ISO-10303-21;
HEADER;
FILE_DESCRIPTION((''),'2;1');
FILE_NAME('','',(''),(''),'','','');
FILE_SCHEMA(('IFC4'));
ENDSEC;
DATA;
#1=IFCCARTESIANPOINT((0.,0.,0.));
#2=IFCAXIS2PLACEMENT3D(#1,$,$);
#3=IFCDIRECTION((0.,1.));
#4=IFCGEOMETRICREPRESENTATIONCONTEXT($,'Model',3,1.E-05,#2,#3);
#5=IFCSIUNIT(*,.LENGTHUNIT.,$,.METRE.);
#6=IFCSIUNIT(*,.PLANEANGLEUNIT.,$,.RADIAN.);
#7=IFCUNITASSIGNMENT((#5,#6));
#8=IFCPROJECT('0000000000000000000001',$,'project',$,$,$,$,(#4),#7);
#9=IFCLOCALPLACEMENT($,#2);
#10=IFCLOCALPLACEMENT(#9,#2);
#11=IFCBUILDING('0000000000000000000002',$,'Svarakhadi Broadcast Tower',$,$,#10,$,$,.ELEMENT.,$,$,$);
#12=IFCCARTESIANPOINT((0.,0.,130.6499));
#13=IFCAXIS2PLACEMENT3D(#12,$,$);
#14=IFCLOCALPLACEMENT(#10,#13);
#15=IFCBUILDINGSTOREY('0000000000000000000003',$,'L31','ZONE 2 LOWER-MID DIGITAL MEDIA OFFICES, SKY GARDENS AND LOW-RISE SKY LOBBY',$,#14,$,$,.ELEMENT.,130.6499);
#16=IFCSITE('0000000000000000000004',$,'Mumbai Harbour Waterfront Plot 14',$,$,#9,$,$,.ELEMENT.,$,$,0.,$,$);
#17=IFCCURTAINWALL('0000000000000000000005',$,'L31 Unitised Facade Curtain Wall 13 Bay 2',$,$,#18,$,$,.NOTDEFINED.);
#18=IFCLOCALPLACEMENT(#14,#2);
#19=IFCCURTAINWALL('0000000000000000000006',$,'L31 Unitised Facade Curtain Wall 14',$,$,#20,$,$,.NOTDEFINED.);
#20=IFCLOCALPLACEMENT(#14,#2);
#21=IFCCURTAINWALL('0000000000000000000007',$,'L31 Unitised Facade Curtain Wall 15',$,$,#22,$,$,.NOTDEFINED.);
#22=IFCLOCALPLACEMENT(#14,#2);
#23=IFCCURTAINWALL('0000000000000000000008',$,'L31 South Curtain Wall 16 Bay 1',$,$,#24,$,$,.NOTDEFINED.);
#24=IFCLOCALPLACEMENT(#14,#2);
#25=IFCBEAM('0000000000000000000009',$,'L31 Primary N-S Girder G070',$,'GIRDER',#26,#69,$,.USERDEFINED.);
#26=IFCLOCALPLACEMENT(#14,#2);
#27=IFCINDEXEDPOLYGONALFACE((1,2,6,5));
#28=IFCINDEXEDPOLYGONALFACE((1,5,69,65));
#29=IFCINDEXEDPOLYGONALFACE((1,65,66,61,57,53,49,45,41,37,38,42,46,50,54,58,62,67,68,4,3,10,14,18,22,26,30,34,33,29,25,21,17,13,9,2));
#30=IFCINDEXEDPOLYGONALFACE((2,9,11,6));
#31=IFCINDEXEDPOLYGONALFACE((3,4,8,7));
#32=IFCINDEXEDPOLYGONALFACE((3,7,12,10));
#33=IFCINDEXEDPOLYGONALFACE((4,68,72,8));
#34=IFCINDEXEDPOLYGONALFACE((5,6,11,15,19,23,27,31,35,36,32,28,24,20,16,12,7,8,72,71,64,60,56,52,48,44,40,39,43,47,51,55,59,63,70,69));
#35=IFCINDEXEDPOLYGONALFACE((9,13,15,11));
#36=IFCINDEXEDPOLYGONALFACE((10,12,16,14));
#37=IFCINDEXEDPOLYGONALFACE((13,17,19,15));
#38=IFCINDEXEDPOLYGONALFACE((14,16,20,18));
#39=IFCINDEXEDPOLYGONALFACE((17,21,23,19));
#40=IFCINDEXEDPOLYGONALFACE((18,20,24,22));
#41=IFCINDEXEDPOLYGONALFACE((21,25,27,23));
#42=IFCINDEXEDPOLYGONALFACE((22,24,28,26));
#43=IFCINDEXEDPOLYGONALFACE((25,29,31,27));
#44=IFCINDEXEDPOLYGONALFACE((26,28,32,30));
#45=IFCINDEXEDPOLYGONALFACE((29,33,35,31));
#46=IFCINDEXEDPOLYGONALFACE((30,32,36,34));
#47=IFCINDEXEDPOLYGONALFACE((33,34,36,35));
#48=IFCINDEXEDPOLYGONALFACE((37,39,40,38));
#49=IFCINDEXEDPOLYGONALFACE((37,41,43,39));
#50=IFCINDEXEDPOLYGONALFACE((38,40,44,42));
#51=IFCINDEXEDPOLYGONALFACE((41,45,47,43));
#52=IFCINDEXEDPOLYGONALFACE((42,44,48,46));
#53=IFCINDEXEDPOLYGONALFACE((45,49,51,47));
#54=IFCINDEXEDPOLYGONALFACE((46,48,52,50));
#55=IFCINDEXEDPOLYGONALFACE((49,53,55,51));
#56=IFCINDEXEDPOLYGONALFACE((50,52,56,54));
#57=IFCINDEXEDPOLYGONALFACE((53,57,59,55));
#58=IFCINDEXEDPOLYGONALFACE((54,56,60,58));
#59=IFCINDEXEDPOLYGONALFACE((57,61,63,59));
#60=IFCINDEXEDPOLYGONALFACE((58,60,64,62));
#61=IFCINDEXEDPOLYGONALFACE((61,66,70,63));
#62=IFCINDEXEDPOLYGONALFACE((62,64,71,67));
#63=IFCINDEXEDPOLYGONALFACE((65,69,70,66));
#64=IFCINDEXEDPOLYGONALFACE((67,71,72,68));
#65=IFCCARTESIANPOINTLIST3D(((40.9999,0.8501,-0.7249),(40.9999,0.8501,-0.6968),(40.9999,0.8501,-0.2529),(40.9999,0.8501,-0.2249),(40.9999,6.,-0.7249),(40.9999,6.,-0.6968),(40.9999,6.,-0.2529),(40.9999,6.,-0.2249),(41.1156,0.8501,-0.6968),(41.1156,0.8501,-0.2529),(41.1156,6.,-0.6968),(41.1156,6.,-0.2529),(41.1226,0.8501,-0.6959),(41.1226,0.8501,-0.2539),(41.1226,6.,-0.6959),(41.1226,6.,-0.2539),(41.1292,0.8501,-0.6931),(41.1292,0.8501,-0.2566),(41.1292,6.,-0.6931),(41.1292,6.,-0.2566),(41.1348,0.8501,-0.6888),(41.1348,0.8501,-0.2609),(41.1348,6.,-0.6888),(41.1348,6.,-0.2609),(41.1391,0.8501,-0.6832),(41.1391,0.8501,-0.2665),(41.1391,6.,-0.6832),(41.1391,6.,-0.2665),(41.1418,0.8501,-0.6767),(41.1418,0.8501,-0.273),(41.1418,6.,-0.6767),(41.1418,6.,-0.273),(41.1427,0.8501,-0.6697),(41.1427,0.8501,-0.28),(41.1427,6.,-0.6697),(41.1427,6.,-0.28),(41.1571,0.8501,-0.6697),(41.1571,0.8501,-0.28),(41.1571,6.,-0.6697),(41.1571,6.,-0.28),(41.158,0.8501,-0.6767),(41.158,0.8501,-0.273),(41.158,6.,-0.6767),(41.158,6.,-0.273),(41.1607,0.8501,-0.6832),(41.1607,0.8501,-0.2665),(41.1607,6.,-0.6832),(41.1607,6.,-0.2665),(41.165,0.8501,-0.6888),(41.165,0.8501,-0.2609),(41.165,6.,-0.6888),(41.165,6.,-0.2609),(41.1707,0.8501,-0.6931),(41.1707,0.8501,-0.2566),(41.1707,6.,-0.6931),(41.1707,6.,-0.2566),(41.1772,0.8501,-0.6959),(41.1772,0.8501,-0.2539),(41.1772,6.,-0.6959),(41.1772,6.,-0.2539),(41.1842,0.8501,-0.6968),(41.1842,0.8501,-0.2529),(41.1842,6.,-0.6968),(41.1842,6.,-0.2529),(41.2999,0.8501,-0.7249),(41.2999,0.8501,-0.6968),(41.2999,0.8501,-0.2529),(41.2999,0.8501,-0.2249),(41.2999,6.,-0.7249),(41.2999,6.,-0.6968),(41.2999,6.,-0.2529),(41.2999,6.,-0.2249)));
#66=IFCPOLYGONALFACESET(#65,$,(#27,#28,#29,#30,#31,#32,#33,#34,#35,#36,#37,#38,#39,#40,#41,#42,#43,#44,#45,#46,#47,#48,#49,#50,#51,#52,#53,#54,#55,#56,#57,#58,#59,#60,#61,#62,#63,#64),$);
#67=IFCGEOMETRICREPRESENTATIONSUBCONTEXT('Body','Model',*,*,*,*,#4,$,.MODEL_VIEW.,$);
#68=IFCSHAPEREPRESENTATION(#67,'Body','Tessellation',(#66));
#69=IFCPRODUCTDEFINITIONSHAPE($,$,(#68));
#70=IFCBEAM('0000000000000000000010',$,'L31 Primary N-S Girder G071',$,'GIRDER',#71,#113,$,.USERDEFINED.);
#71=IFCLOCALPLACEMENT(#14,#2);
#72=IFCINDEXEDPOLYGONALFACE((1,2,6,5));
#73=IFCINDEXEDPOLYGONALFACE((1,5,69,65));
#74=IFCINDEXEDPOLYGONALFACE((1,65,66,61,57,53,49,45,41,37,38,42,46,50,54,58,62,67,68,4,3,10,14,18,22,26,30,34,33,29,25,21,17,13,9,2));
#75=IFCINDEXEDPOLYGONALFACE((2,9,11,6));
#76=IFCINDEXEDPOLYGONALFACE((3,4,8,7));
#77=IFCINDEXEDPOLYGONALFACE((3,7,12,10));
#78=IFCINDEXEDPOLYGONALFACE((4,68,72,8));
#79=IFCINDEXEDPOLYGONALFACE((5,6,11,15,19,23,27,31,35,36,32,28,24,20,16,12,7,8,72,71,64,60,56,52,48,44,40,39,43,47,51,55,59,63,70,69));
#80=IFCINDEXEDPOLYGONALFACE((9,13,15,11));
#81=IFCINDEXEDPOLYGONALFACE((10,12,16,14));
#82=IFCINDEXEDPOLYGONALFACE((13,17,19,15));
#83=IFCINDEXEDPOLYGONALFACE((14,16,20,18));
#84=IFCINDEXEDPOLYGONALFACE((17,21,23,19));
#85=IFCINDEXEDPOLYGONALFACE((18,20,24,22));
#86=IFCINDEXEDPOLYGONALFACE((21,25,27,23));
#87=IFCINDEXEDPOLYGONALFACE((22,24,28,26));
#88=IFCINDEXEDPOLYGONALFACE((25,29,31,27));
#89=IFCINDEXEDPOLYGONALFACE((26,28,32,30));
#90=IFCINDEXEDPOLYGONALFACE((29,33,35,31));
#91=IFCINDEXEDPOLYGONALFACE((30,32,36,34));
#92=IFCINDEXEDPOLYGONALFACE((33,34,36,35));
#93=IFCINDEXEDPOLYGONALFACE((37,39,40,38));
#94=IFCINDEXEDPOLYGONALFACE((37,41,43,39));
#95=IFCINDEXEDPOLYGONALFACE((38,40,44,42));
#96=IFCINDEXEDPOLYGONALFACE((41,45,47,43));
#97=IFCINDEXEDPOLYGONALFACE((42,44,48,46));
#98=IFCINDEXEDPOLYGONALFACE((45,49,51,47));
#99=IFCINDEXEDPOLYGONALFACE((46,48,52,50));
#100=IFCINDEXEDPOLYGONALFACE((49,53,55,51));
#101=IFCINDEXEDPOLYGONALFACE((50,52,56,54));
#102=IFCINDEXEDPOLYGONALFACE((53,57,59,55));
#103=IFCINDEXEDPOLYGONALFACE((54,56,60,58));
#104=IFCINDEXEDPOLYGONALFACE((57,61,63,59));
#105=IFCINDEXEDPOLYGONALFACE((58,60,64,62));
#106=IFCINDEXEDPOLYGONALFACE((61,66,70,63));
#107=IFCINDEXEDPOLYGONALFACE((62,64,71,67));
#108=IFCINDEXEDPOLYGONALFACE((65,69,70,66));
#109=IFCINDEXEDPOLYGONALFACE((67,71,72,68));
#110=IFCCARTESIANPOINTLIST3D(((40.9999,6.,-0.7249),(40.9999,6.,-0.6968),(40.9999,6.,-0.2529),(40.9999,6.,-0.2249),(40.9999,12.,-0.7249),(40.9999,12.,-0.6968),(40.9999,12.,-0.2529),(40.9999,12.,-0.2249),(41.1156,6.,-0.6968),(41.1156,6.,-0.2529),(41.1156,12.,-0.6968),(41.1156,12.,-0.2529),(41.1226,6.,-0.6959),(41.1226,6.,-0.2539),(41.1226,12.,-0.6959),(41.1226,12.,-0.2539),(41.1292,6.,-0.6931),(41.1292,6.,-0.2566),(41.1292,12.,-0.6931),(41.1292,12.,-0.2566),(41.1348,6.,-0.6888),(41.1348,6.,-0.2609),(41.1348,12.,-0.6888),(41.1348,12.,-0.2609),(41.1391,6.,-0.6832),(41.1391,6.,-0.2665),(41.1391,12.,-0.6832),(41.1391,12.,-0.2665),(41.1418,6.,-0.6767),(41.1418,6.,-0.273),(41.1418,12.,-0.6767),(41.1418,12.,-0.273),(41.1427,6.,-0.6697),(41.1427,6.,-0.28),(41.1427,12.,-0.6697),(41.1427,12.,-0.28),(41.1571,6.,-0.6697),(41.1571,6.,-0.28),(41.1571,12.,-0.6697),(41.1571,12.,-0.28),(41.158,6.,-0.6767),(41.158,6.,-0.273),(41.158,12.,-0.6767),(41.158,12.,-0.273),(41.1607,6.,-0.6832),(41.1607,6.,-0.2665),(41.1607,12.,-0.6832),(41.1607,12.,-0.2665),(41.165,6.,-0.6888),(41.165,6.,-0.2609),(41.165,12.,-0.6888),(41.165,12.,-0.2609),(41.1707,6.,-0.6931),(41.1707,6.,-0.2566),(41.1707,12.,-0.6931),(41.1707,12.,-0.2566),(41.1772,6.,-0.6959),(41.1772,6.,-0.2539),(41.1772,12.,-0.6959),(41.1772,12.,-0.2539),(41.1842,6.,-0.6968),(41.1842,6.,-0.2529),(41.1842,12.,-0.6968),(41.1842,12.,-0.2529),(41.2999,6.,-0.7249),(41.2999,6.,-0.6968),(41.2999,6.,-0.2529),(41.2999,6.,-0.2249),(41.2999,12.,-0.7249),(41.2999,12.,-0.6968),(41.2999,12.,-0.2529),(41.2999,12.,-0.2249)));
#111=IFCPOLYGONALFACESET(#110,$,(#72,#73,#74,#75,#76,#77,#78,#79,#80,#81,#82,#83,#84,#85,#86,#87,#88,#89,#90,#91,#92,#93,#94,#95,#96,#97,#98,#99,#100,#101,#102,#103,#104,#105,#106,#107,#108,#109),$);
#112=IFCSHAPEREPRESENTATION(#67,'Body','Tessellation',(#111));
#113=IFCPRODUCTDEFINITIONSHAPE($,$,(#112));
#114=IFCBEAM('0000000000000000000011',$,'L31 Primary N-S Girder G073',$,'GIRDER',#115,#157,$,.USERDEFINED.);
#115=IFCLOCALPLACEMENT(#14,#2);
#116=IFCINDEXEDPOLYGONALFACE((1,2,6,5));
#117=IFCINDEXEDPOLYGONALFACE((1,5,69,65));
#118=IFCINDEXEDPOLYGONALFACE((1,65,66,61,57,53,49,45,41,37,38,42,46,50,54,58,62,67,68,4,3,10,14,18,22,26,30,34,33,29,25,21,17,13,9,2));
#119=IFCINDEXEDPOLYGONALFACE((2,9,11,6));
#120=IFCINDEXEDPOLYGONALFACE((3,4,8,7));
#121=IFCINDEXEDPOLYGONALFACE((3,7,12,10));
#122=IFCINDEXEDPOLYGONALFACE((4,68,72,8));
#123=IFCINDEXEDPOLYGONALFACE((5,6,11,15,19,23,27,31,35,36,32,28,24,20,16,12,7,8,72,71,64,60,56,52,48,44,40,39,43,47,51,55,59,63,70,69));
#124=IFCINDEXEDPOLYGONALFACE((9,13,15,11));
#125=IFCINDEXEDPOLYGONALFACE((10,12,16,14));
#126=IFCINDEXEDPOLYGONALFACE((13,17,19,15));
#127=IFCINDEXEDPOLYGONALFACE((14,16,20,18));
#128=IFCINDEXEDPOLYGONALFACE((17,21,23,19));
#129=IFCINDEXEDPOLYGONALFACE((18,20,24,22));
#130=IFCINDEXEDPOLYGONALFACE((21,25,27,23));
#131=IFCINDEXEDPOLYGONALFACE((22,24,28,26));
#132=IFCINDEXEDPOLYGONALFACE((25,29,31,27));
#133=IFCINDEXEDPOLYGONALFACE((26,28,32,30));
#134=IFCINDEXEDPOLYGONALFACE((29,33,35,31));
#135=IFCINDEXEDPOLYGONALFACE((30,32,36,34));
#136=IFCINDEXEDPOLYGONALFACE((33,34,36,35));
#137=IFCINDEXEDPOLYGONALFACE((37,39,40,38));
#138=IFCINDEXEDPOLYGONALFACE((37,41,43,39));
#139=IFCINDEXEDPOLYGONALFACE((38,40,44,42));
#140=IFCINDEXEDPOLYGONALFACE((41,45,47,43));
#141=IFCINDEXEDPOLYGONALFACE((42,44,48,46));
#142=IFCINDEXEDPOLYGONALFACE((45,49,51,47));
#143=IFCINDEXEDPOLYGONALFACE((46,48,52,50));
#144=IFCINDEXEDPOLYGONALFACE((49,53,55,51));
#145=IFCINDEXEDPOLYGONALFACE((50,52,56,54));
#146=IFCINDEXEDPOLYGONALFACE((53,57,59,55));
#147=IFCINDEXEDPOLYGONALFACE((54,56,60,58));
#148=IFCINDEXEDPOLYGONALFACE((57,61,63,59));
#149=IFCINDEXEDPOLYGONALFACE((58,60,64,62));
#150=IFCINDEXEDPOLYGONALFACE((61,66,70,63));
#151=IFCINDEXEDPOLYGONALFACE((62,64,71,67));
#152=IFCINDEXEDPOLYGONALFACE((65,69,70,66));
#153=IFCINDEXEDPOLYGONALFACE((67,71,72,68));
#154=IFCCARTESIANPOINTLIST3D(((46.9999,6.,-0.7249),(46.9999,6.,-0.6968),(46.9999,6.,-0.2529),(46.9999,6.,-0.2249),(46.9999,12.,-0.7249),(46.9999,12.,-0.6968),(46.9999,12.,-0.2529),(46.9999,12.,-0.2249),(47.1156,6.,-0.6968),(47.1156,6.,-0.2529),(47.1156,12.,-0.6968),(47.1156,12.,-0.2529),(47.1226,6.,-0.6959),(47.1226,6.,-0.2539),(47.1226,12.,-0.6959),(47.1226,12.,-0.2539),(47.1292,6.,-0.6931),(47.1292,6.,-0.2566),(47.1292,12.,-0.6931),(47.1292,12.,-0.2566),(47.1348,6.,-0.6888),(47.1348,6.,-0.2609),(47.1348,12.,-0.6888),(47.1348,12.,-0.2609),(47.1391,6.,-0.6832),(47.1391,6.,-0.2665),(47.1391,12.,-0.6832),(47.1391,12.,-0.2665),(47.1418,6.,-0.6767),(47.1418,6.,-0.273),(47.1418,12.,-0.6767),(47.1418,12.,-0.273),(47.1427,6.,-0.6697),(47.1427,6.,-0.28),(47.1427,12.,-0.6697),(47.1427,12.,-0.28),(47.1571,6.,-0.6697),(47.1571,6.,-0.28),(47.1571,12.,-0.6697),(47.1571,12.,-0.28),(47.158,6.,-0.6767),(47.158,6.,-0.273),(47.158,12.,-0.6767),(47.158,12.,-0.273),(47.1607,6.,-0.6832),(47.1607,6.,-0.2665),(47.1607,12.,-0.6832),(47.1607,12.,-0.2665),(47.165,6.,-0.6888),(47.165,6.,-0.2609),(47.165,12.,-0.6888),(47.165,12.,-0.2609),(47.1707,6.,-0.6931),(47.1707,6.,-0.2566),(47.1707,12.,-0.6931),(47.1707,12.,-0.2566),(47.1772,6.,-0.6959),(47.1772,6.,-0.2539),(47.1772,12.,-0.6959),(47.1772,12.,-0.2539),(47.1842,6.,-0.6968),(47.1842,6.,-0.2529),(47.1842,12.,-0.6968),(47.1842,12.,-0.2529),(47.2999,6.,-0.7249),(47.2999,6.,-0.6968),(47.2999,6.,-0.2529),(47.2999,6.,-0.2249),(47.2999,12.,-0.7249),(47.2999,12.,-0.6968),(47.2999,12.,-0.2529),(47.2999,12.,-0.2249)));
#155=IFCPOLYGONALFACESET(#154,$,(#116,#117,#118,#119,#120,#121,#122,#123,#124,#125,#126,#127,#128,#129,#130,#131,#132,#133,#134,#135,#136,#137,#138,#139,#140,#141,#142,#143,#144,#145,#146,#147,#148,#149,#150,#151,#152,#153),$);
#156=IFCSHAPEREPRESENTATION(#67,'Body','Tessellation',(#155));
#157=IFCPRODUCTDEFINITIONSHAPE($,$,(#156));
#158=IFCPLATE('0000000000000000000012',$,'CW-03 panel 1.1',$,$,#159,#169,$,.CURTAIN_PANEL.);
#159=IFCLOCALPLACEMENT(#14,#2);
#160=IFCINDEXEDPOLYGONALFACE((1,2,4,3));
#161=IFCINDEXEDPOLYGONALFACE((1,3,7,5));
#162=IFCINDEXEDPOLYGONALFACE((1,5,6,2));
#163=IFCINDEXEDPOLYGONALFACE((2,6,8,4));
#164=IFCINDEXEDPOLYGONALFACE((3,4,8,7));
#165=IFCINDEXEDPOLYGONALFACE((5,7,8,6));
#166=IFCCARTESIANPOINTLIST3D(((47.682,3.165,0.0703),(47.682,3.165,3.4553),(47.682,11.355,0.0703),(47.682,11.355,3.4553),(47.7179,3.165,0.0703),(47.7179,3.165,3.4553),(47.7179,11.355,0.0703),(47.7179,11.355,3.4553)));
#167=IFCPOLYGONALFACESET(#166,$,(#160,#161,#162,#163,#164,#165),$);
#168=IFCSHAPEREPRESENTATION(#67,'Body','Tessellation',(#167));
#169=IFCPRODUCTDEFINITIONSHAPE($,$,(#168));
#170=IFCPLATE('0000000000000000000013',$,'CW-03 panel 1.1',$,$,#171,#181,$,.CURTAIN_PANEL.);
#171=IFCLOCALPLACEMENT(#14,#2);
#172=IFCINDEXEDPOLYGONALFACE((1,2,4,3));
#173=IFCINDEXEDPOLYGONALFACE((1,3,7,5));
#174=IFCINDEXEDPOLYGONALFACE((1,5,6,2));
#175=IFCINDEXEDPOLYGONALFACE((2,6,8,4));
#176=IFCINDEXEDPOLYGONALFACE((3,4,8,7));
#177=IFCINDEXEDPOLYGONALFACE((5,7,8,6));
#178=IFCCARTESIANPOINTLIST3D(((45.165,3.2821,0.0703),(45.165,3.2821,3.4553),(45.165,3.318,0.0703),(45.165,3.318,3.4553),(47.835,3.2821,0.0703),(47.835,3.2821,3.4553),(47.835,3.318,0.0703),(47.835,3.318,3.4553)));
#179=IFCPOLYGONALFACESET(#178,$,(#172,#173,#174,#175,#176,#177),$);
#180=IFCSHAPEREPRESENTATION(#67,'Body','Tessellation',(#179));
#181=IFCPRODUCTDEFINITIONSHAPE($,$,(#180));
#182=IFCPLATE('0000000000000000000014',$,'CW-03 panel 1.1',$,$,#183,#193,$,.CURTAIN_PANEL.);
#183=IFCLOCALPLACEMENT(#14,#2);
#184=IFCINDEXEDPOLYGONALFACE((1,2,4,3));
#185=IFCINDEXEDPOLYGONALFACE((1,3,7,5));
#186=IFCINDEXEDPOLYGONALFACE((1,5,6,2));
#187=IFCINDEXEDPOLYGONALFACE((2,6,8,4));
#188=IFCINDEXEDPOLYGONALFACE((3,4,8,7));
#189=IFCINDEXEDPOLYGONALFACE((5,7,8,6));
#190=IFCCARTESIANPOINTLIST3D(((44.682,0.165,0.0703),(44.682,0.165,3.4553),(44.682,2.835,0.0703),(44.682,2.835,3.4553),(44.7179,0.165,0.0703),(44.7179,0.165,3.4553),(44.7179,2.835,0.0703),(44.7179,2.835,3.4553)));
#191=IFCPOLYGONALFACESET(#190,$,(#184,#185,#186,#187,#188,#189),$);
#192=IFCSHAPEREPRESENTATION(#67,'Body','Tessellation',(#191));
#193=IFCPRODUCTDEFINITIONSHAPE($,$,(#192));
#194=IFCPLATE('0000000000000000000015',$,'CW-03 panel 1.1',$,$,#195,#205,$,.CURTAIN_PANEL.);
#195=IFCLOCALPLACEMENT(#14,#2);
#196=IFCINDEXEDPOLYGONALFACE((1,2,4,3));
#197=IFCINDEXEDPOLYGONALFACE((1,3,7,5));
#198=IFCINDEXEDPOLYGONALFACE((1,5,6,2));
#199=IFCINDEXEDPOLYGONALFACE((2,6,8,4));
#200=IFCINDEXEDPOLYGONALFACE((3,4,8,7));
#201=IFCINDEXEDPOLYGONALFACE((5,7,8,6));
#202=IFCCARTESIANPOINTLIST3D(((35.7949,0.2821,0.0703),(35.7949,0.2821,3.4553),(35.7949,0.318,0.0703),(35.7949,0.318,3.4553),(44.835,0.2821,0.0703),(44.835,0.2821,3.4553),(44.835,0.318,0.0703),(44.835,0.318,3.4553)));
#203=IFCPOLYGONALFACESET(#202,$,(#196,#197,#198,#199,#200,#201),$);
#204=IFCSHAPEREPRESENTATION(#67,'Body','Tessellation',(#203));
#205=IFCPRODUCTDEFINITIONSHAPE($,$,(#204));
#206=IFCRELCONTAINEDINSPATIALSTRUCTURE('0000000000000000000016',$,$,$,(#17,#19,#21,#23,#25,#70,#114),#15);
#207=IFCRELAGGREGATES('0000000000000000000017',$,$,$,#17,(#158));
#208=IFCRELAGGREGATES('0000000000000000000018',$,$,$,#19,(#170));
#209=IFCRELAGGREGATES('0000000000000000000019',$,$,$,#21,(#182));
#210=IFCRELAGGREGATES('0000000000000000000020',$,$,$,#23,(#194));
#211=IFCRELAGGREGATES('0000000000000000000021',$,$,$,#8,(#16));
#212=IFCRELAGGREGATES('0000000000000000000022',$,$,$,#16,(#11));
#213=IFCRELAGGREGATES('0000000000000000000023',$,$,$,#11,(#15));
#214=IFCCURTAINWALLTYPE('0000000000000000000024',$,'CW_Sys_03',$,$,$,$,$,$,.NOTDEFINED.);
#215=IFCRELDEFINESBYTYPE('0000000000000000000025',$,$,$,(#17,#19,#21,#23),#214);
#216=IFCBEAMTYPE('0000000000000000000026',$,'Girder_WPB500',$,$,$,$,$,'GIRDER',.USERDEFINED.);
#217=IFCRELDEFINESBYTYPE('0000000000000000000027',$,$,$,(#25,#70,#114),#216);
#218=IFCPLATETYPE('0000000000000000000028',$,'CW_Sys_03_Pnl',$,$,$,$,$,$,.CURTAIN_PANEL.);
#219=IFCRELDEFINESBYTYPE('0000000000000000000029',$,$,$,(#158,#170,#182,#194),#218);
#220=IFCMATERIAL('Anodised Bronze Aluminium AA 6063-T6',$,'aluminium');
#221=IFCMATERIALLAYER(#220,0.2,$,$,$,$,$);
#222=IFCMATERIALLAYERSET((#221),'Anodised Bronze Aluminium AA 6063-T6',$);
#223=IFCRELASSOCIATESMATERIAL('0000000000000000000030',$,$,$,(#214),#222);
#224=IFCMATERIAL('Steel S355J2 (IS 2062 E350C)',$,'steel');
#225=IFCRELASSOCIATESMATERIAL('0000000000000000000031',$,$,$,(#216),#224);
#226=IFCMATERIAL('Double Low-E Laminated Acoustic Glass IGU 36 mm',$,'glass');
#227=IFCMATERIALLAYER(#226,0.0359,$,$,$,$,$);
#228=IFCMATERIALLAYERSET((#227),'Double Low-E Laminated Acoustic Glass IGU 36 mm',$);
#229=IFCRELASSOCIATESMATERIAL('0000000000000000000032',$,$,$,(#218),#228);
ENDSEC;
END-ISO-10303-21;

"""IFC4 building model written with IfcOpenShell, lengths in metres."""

from ifc_helpers import new_model, si_unit, direction, frame, origin, origin_2d, place, context, subcontext, project, spatial, rectangle, i_section, extrude, material, layer, layer_set, material_profile, profile_set, type_object, element, aggregate, save


model = new_model("IFC4")

# Units and contexts
model_context = context("Model", 3, precision=1e-05, world=origin(), true_north=direction((0.0, 1.0)))
body_context = subcontext(model_context, "Body", "Model", "MODEL_VIEW")
ifc_project = project(units=[si_unit("LENGTHUNIT", "METRE"), si_unit("PLANEANGLEUNIT", "RADIAN")], contexts=[model_context])

# Site, building, storey
site_placement = place(None, origin())
site = spatial("IfcSite", under=ifc_project, at=site_placement, Name="Mumbai Harbour Waterfront Plot 14", CompositionType="ELEMENT", RefElevation=0.0)
building_placement = place(site_placement, origin())
building = spatial("IfcBuilding", under=site, at=building_placement, Name="Svarakhadi Broadcast Tower", CompositionType="ELEMENT")
storey_placement = place(building_placement, frame((0.0, 0.0, 130.6499)))
storey = spatial("IfcBuildingStorey", under=building, at=storey_placement, Name="L31", Description="ZONE 2 LOWER-MID DIGITAL MEDIA OFFICES, SKY GARDENS AND LOW-RISE SKY LOBBY", CompositionType="ELEMENT", Elevation=130.6499)

# Shared definitions
ifc_material_1 = material(Name="Steel S355J2 (IS 2062 E350C)", Category="steel")

# Curtain walls
ifc_material_2 = material(Name="Anodised Bronze Aluminium AA 6063-T6", Category="aluminium")
ifc_layer_1 = layer(ifc_material_2, 0.2)
ifc_layer_set_1 = layer_set([ifc_layer_1], Name="Anodised Bronze Aluminium AA 6063-T6")
curtain_wall_type = type_object("IfcCurtainWallType", Name="CW_Sys_03", PredefinedType="NOTDEFINED", material=ifc_layer_set_1)
curtain_wall_1_placement = place(storey_placement, origin())
curtain_wall_1 = element("IfcCurtainWall", 1, at=curtain_wall_1_placement, inside=storey, type_object=curtain_wall_type, Name="L31 Unitised Facade Curtain Wall 13 Bay 2", PredefinedType="NOTDEFINED")
curtain_wall_2_placement = place(storey_placement, origin())
curtain_wall_2 = element("IfcCurtainWall", 2, at=curtain_wall_2_placement, inside=storey, type_object=curtain_wall_type, Name="L31 Unitised Facade Curtain Wall 14", PredefinedType="NOTDEFINED")
curtain_wall_3_placement = place(storey_placement, origin())
curtain_wall_3 = element("IfcCurtainWall", 3, at=curtain_wall_3_placement, inside=storey, type_object=curtain_wall_type, Name="L31 Unitised Facade Curtain Wall 15", PredefinedType="NOTDEFINED")

# Curtain wall
curtain_wall_4_placement = place(storey_placement, origin())
curtain_wall_4 = element("IfcCurtainWall", 4, at=curtain_wall_4_placement, inside=storey, type_object=curtain_wall_type, Name="L31 South Curtain Wall 16 Bay 1", PredefinedType="NOTDEFINED")

# Beams
ifc_material_profile_1 = material_profile(ifc_material_1, i_section(OverallWidth=0.3, OverallDepth=0.5, WebThickness=0.0144, FlangeThickness=0.0281, FilletRadius=0.0271, at=origin_2d()), Name="WPB 500x300x187")
ifc_profile_set_1 = profile_set([ifc_material_profile_1], Name="Steel S355J2 (IS 2062 E350C)")
beam_type_1 = type_object("IfcBeamType", Name="Girder_WPB500", ElementType="GIRDER", PredefinedType="USERDEFINED", material=ifc_profile_set_1)
beam_1_placement = place(storey_placement, frame((41.1499, 0.8501, -0.4749), z_axis=(0.0, 1.0, 0.0), x_axis=(-1.0, 0.0, 0.0)))
element("IfcBeam", 5, at=beam_1_placement, inside=storey, type_object=beam_type_1, Name="L31 Primary N-S Girder G070", ObjectType="GIRDER", PredefinedType="USERDEFINED", context=body_context, shape_type="SweptSolid", body=[
    extrude(i_section(OverallWidth=0.3, OverallDepth=0.5, WebThickness=0.0144, FlangeThickness=0.0281, FilletRadius=0.0271, at=origin_2d()), origin(), (0.0, 0.0, 1.0), 5.1499),
])
for number, where, z_axis, x_axis, name in (
    (6, (41.1499, 6.0, -0.4749), (0.0, 1.0, 0.0), (-1.0, 0.0, 0.0), "L31 Primary N-S Girder G071"),
    (7, (47.1499, 6.0, -0.4749), (0.0, 1.0, 0.0), (-1.0, 0.0, 0.0), "L31 Primary N-S Girder G073"),
):
    element("IfcBeam", number, at=place(storey_placement, frame(where, z_axis=z_axis, x_axis=x_axis)), inside=storey, type_object=beam_type_1, Name=name, ObjectType="GIRDER", PredefinedType="USERDEFINED", context=body_context, shape_type="SweptSolid", body=[
        extrude(i_section(OverallWidth=0.3, OverallDepth=0.5, WebThickness=0.0144, FlangeThickness=0.0281, FilletRadius=0.0271, at=origin_2d()), origin(), (0.0, 0.0, 1.0), 6.0),
    ])

# Plates
ifc_material_3 = material(Name="Double Low-E Laminated Acoustic Glass IGU 36 mm", Category="glass")
ifc_layer_2 = layer(ifc_material_3, 0.0359)
ifc_layer_set_2 = layer_set([ifc_layer_2], Name="Double Low-E Laminated Acoustic Glass IGU 36 mm")
plate_type = type_object("IfcPlateType", Name="CW_Sys_03_Pnl", PredefinedType="CURTAIN_PANEL", material=ifc_layer_set_2)
plate_1_placement = place(storey_placement, frame((47.7, 7.26, 0.0703), z_axis=(0.0, 0.0, 1.0), x_axis=(0.0, -1.0, 0.0)))
plate_1 = element("IfcPlate", 8, at=plate_1_placement, type_object=plate_type, Name="CW-03 panel 1.1", PredefinedType="CURTAIN_PANEL", context=body_context, shape_type="SweptSolid", body=[
    extrude(rectangle(XDim=8.1899, YDim=0.0359, at=origin_2d()), origin(), (0.0, 0.0, 1.0), 3.385),
])
aggregate(curtain_wall_1, [plate_1])
plate_2_placement = place(storey_placement, frame((46.5, 3.3, 0.0703), z_axis=(0.0, 0.0, 1.0), x_axis=(-1.0, 0.0, 0.0)))
plate_2 = element("IfcPlate", 9, at=plate_2_placement, type_object=plate_type, Name="CW-03 panel 1.1", PredefinedType="CURTAIN_PANEL", context=body_context, shape_type="SweptSolid", body=[
    extrude(rectangle(XDim=2.6699, YDim=0.0359, at=origin_2d()), origin(), (0.0, 0.0, 1.0), 3.385),
])
aggregate(curtain_wall_2, [plate_2])
plate_3_placement = place(storey_placement, frame((44.7, 1.5, 0.0703), z_axis=(0.0, 0.0, 1.0), x_axis=(0.0, -1.0, 0.0)))
plate_3 = element("IfcPlate", 10, at=plate_3_placement, type_object=plate_type, Name="CW-03 panel 1.1", PredefinedType="CURTAIN_PANEL", context=body_context, shape_type="SweptSolid", body=[
    extrude(rectangle(XDim=2.6699, YDim=0.0359, at=origin_2d()), origin(), (0.0, 0.0, 1.0), 3.385),
])
aggregate(curtain_wall_3, [plate_3])
plate_4_placement = place(storey_placement, frame((40.3149, 0.3, 0.0703), z_axis=(0.0, 0.0, 1.0), x_axis=(-1.0, 0.0, 0.0)))
plate_4 = element("IfcPlate", 11, at=plate_4_placement, type_object=plate_type, Name="CW-03 panel 1.1", PredefinedType="CURTAIN_PANEL", context=body_context, shape_type="SweptSolid", body=[
    extrude(rectangle(XDim=9.04, YDim=0.0359, at=origin_2d()), origin(), (0.0, 0.0, 1.0), 3.385),
])
aggregate(curtain_wall_4, [plate_4])

save(model, "model.ifc")
